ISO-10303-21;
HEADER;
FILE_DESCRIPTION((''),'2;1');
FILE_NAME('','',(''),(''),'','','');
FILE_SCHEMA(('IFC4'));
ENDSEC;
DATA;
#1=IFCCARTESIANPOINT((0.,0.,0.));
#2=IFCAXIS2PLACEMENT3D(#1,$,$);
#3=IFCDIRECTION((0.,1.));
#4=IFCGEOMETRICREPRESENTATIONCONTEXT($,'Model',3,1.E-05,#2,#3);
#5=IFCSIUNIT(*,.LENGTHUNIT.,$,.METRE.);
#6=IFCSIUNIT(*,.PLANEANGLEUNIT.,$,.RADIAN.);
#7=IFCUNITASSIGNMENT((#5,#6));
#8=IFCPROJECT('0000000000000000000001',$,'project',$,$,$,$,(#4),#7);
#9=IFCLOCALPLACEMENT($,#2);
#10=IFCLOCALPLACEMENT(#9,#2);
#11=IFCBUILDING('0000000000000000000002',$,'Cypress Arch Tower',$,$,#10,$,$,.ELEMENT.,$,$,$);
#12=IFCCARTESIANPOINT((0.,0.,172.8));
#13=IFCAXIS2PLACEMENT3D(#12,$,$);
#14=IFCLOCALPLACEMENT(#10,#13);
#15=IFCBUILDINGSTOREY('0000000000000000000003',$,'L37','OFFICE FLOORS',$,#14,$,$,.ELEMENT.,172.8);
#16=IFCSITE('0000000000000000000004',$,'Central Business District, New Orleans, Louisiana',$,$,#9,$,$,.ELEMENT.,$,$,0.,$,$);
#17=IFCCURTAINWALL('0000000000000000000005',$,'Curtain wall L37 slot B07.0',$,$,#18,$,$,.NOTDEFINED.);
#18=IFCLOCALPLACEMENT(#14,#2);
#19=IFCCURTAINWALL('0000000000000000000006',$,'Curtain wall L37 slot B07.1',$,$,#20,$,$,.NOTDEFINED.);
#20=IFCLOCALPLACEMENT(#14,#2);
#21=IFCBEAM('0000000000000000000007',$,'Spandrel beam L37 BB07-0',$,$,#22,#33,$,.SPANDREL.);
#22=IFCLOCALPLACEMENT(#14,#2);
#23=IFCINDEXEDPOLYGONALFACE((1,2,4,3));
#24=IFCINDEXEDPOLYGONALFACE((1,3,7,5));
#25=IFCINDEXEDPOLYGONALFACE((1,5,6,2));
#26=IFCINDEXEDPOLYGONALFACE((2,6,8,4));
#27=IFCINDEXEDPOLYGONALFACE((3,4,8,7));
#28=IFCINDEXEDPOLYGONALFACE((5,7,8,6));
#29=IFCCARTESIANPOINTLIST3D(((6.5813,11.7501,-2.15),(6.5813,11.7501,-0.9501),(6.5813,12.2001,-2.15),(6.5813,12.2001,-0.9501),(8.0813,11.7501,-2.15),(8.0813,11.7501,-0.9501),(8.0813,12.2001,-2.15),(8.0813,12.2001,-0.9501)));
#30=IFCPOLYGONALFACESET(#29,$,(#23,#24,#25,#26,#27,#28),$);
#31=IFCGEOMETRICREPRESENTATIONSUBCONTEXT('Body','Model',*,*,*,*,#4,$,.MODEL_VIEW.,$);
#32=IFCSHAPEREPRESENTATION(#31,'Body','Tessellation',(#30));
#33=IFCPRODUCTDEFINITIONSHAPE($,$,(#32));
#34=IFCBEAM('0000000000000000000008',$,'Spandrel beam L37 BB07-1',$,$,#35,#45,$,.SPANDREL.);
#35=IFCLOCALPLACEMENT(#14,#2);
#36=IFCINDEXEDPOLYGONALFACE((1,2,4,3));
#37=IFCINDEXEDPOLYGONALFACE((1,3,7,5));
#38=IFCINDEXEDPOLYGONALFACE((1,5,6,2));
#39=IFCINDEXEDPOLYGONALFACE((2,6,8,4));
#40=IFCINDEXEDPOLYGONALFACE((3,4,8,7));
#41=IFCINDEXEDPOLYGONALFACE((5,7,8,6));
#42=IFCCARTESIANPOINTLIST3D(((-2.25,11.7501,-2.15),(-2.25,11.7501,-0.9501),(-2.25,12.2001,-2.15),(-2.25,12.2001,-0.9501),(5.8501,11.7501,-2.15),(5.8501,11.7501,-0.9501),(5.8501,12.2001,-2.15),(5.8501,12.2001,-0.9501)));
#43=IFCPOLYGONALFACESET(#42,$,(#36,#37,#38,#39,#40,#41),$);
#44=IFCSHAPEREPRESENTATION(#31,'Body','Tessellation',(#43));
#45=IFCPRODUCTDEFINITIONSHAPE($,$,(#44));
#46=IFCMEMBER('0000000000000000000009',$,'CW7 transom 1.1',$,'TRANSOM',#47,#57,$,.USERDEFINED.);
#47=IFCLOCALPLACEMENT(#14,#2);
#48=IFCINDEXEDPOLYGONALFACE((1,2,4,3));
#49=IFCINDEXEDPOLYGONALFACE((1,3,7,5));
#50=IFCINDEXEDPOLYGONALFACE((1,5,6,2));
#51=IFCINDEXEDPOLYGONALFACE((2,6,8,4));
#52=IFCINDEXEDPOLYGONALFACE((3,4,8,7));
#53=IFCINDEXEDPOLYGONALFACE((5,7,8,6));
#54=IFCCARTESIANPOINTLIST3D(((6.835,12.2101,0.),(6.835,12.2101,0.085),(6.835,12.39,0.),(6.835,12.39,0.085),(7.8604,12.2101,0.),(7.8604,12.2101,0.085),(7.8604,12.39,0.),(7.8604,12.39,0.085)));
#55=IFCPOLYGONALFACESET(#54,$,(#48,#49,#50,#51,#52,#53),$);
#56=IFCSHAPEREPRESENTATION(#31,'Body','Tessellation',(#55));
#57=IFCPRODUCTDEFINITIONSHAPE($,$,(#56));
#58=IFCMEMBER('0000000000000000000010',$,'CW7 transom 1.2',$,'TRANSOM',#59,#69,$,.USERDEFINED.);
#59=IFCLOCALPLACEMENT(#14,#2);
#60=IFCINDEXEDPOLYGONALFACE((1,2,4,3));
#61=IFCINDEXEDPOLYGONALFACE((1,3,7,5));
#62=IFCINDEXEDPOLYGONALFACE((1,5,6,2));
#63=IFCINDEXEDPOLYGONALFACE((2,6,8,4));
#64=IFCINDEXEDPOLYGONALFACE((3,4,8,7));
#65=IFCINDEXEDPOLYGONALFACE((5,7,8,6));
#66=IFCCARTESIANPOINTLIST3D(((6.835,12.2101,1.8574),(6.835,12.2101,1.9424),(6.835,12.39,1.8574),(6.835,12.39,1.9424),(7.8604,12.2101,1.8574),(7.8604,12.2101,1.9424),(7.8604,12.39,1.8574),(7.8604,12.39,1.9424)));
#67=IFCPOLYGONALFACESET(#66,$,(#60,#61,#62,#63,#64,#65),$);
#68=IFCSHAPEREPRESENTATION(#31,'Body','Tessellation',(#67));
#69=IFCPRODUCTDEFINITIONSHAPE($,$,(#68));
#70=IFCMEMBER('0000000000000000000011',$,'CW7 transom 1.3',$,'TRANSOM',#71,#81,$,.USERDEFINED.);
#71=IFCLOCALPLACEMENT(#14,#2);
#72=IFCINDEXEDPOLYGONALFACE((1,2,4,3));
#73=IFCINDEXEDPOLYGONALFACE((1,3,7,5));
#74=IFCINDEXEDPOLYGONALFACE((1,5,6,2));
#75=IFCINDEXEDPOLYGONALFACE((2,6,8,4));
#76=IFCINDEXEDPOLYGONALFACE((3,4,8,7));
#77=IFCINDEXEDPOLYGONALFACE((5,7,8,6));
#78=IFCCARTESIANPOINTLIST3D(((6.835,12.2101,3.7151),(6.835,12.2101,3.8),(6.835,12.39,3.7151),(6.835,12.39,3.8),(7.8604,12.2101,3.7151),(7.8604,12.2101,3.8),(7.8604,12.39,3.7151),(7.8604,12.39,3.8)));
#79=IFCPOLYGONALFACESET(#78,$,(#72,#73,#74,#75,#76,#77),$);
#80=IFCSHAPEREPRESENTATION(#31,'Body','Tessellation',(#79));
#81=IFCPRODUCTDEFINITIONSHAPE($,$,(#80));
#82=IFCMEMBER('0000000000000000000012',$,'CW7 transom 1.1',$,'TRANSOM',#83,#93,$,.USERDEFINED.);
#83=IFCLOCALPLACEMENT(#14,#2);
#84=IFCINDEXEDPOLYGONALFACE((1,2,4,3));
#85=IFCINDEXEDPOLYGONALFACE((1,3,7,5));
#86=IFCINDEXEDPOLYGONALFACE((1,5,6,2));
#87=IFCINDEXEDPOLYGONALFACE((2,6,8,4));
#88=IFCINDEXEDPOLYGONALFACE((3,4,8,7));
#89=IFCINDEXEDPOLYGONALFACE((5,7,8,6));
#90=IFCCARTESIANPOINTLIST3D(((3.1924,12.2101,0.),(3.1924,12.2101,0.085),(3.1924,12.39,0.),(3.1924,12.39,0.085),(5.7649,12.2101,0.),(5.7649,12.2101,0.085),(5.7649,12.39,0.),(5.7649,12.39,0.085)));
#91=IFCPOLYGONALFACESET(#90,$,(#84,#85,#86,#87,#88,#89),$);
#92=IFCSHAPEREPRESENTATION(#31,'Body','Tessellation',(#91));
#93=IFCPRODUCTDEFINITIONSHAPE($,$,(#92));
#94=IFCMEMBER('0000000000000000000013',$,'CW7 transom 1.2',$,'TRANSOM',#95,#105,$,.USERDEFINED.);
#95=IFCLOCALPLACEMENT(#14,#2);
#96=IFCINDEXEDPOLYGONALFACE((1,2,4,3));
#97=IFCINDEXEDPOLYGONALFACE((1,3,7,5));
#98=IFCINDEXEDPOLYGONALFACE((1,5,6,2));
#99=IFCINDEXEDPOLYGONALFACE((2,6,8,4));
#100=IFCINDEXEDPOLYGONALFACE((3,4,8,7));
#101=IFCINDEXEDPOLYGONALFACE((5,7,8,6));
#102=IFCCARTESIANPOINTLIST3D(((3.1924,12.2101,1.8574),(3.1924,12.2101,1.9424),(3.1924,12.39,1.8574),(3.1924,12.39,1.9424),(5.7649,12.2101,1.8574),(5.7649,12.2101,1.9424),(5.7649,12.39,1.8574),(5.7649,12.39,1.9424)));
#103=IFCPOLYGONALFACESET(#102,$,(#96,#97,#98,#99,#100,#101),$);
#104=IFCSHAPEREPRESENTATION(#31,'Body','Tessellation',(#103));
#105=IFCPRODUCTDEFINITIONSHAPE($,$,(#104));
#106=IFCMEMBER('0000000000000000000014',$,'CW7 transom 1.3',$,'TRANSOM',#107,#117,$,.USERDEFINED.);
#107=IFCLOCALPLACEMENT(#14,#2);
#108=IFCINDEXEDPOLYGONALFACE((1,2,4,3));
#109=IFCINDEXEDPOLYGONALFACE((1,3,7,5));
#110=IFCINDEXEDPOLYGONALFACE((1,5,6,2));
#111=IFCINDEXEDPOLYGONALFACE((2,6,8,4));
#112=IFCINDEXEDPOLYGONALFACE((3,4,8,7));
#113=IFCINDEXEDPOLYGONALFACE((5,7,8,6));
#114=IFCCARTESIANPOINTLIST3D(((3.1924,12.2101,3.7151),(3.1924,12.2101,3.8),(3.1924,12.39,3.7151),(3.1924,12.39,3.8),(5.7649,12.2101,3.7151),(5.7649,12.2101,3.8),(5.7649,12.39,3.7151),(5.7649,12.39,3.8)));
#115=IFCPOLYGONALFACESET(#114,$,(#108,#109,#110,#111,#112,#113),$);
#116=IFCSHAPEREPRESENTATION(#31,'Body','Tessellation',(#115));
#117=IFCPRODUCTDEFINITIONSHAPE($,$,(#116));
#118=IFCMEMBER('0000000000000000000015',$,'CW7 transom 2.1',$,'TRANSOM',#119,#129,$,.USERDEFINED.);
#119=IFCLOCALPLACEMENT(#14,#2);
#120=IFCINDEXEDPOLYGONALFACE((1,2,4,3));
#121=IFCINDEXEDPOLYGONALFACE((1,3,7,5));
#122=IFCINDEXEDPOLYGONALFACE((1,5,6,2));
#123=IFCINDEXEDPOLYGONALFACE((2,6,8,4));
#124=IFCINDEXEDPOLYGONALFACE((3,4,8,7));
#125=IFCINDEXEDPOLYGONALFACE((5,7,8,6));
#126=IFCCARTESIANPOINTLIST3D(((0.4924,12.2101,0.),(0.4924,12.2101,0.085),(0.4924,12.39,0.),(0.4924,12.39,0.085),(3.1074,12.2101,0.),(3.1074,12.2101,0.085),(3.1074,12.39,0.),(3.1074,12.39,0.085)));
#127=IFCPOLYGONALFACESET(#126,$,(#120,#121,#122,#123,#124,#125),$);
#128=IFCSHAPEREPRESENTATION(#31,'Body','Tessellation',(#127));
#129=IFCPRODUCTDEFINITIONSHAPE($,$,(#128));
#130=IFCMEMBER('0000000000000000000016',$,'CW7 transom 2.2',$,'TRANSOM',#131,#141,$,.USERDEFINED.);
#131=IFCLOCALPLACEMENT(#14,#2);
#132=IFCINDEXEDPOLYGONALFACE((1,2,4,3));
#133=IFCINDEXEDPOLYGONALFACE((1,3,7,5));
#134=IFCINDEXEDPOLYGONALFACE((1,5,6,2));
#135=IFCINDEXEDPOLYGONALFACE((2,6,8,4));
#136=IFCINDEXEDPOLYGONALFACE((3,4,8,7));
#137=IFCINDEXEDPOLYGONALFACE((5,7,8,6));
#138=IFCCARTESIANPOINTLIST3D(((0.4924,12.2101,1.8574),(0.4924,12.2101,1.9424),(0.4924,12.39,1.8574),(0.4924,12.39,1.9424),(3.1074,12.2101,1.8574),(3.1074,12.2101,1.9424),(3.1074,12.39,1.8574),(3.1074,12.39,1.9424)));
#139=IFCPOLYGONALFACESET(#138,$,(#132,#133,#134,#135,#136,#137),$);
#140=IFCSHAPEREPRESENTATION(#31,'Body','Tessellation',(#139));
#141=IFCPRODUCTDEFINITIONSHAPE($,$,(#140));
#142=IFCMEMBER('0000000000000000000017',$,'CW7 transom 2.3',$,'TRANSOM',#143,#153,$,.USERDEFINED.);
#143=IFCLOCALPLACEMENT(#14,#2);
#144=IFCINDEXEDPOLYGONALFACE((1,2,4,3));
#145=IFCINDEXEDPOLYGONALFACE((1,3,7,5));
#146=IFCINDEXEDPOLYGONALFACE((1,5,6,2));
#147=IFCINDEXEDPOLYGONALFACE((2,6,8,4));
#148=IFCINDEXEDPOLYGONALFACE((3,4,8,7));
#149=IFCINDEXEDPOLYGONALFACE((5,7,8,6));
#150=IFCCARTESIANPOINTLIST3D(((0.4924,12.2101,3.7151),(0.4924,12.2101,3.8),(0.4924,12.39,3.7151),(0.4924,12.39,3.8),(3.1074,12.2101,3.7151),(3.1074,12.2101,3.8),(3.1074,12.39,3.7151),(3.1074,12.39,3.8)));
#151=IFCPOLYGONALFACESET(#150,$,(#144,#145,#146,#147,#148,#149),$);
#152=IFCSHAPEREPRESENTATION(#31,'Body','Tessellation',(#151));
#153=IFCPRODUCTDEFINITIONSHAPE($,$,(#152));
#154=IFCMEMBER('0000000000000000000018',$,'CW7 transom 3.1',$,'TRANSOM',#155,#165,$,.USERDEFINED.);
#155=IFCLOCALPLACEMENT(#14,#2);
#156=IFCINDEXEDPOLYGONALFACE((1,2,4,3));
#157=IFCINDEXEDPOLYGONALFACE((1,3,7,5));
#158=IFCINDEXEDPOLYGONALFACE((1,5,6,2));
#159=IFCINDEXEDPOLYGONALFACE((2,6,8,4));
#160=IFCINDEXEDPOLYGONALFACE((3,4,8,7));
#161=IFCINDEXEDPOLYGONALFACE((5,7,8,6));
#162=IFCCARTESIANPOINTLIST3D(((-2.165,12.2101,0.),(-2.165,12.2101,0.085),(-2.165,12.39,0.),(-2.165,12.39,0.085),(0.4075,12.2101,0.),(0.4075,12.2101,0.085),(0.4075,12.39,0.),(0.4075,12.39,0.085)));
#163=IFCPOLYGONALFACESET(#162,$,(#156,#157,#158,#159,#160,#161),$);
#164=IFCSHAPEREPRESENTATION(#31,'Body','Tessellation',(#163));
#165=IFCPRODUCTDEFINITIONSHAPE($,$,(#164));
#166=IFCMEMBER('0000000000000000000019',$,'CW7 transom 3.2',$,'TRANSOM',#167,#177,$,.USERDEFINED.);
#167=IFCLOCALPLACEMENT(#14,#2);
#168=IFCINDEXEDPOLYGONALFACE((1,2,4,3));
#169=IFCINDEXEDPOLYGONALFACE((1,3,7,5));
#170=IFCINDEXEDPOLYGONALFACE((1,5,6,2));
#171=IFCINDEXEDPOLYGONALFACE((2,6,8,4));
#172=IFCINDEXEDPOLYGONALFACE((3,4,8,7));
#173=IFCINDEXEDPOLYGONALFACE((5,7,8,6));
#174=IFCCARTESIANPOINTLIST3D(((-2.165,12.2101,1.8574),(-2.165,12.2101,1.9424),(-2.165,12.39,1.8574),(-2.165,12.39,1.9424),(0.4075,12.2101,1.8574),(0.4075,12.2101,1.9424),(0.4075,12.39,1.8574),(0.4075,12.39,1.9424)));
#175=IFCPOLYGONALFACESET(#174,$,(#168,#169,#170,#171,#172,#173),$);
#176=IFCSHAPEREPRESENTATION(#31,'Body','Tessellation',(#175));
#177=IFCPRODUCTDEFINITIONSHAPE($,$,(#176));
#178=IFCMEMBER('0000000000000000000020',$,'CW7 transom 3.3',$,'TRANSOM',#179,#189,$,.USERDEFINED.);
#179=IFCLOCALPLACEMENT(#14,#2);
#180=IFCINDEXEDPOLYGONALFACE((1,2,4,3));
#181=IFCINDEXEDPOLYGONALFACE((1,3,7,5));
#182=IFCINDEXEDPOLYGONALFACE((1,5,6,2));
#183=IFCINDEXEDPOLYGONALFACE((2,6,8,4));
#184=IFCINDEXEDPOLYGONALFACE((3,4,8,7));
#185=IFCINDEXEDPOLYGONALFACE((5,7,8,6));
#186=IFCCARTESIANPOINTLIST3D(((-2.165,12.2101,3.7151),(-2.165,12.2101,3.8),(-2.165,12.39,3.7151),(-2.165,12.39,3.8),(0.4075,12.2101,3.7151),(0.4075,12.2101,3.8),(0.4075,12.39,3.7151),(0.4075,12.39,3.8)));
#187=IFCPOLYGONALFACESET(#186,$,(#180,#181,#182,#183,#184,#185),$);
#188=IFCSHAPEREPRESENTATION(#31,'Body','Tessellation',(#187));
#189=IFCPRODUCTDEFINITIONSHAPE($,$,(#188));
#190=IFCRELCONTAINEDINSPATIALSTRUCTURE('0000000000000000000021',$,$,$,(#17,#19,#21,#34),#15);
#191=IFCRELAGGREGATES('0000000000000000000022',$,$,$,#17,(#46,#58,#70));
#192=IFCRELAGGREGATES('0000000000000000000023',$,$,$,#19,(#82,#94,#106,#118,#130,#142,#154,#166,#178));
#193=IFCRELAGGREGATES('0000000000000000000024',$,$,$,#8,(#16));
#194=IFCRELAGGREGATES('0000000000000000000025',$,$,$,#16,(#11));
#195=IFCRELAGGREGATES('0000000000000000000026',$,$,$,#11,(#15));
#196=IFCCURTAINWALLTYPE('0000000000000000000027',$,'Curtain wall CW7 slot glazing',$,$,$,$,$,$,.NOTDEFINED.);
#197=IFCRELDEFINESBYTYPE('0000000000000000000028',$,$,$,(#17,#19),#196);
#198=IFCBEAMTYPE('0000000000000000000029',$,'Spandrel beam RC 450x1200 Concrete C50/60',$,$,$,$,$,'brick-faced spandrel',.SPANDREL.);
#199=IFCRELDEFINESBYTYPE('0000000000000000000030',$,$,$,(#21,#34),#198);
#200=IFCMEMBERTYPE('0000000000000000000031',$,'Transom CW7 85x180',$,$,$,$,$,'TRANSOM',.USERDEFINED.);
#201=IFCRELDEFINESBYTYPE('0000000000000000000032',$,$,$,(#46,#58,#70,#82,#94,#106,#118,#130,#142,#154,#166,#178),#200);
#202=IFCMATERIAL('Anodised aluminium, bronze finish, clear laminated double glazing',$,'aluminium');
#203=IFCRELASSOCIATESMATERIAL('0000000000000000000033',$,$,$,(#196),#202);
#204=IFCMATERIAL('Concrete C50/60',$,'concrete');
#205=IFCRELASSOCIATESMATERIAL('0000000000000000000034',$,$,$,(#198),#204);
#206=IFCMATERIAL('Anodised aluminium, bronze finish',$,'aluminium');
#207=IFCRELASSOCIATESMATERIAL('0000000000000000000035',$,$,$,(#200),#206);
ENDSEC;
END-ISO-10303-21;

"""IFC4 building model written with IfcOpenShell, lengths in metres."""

from ifc_helpers import new_model, si_unit, direction, frame, origin, origin_2d, place, context, subcontext, project, spatial, rectangle, extrude, material, material_profile, profile_set, type_object, element, aggregate, save


model = new_model("IFC4")

# Units and contexts
model_context = context("Model", 3, precision=1e-05, world=origin(), true_north=direction((0.0, 1.0)))
body_context = subcontext(model_context, "Body", "Model", "MODEL_VIEW")
ifc_project = project(units=[si_unit("LENGTHUNIT", "METRE"), si_unit("PLANEANGLEUNIT", "RADIAN")], contexts=[model_context])

# Site, building, storey
site_placement = place(None, origin())
site = spatial("IfcSite", under=ifc_project, at=site_placement, Name="Central Business District, New Orleans, Louisiana", CompositionType="ELEMENT", RefElevation=0.0)
building_placement = place(site_placement, origin())
building = spatial("IfcBuilding", under=site, at=building_placement, Name="Cypress Arch Tower", CompositionType="ELEMENT")
storey_placement = place(building_placement, frame((0.0, 0.0, 172.8)))
storey = spatial("IfcBuildingStorey", under=building, at=storey_placement, Name="L37", Description="OFFICE FLOORS", CompositionType="ELEMENT", Elevation=172.8)

# Shared definitions
ifc_material_1 = material(Name="Anodised aluminium, bronze finish, clear laminated double glazing", Category="aluminium")
curtain_wall_type = type_object("IfcCurtainWallType", Name="Curtain wall CW7 slot glazing", PredefinedType="NOTDEFINED", material=ifc_material_1)

# Curtain walls
curtain_wall_1_placement = place(storey_placement, origin())
curtain_wall_1 = element("IfcCurtainWall", 1, at=curtain_wall_1_placement, inside=storey, type_object=curtain_wall_type, Name="Curtain wall L37 slot B07.0", PredefinedType="NOTDEFINED")
curtain_wall_2_placement = place(storey_placement, origin())
curtain_wall_2 = element("IfcCurtainWall", 2, at=curtain_wall_2_placement, inside=storey, type_object=curtain_wall_type, Name="Curtain wall L37 slot B07.1", PredefinedType="NOTDEFINED")

# Beams
ifc_material_2 = material(Name="Concrete C50/60", Category="concrete")
ifc_material_profile_1 = material_profile(ifc_material_2, rectangle(XDim=0.45, YDim=1.2, at=origin_2d()), Name="RC 450x1200")
ifc_profile_set_1 = profile_set([ifc_material_profile_1], Name="Concrete C50/60")
beam_type_1 = type_object("IfcBeamType", Name="Spandrel beam RC 450x1200 Concrete C50/60", ElementType="brick-faced spandrel", PredefinedType="SPANDREL", material=ifc_profile_set_1)
beam_1_placement = place(storey_placement, frame((8.0813, 11.9751, -1.55), z_axis=(-1.0, 0.0, 0.0), x_axis=(0.0, -1.0, 0.0)))
element("IfcBeam", 3, at=beam_1_placement, inside=storey, type_object=beam_type_1, Name="Spandrel beam L37 BB07-0", PredefinedType="SPANDREL", context=body_context, shape_type="SweptSolid", body=[
    extrude(rectangle(XDim=0.45, YDim=1.2, at=origin_2d()), origin(), (0.0, 0.0, 1.0), 1.5),
])
beam_2_placement = place(storey_placement, frame((5.8501, 11.9751, -1.55), z_axis=(-1.0, 0.0, 0.0), x_axis=(0.0, -1.0, 0.0)))
element("IfcBeam", 4, at=beam_2_placement, inside=storey, type_object=beam_type_1, Name="Spandrel beam L37 BB07-1", PredefinedType="SPANDREL", context=body_context, shape_type="SweptSolid", body=[
    extrude(rectangle(XDim=0.45, YDim=1.2, at=origin_2d()), origin(), (0.0, 0.0, 1.0), 8.1001),
])

# Members
ifc_material_3 = material(Name="Anodised aluminium, bronze finish", Category="aluminium")
ifc_material_profile_2 = material_profile(ifc_material_3, rectangle(XDim=0.1799, YDim=0.085, at=origin_2d()), Name="Transom 85x180")
ifc_profile_set_2 = profile_set([ifc_material_profile_2], Name="Anodised aluminium, bronze finish")
member_type_1 = type_object("IfcMemberType", Name="Transom CW7 85x180", ElementType="TRANSOM", PredefinedType="USERDEFINED", material=ifc_profile_set_2)
member_1_placement = place(storey_placement, frame((7.8604, 12.3, 0.0425), z_axis=(-1.0, 0.0, 0.0), x_axis=(0.0, -1.0, 0.0)))
member_1 = element("IfcMember", 5, at=member_1_placement, type_object=member_type_1, Name="CW7 transom 1.1", ObjectType="TRANSOM", PredefinedType="USERDEFINED", context=body_context, shape_type="SweptSolid", body=[
    extrude(rectangle(XDim=0.1799, YDim=0.085, at=origin_2d()), origin(), (0.0, 0.0, 1.0), 1.0254),
])
member_2_placement = place(storey_placement, frame((7.8604, 12.3, 1.8999), z_axis=(-1.0, 0.0, 0.0), x_axis=(0.0, -1.0, 0.0)))
member_2 = element("IfcMember", 6, at=member_2_placement, type_object=member_type_1, Name="CW7 transom 1.2", ObjectType="TRANSOM", PredefinedType="USERDEFINED", context=body_context, shape_type="SweptSolid", body=[
    extrude(rectangle(XDim=0.1799, YDim=0.085, at=origin_2d()), origin(), (0.0, 0.0, 1.0), 1.0254),
])
member_3_placement = place(storey_placement, frame((7.8604, 12.3, 3.7576), z_axis=(-1.0, 0.0, 0.0), x_axis=(0.0, -1.0, 0.0)))
member_3 = element("IfcMember", 7, at=member_3_placement, type_object=member_type_1, Name="CW7 transom 1.3", ObjectType="TRANSOM", PredefinedType="USERDEFINED", context=body_context, shape_type="SweptSolid", body=[
    extrude(rectangle(XDim=0.1799, YDim=0.085, at=origin_2d()), origin(), (0.0, 0.0, 1.0), 1.0254),
])
member_4_placement = place(storey_placement, frame((5.7649, 12.3, 0.0425), z_axis=(-1.0, 0.0, 0.0), x_axis=(0.0, -1.0, 0.0)))
member_4 = element("IfcMember", 8, at=member_4_placement, type_object=member_type_1, Name="CW7 transom 1.1", ObjectType="TRANSOM", PredefinedType="USERDEFINED", context=body_context, shape_type="SweptSolid", body=[
    extrude(rectangle(XDim=0.1799, YDim=0.085, at=origin_2d()), origin(), (0.0, 0.0, 1.0), 2.5725),
])
member_5_placement = place(storey_placement, frame((5.7649, 12.3, 1.8999), z_axis=(-1.0, 0.0, 0.0), x_axis=(0.0, -1.0, 0.0)))
member_5 = element("IfcMember", 9, at=member_5_placement, type_object=member_type_1, Name="CW7 transom 1.2", ObjectType="TRANSOM", PredefinedType="USERDEFINED", context=body_context, shape_type="SweptSolid", body=[
    extrude(rectangle(XDim=0.1799, YDim=0.085, at=origin_2d()), origin(), (0.0, 0.0, 1.0), 2.5725),
])
member_6_placement = place(storey_placement, frame((5.7649, 12.3, 3.7576), z_axis=(-1.0, 0.0, 0.0), x_axis=(0.0, -1.0, 0.0)))
member_6 = element("IfcMember", 10, at=member_6_placement, type_object=member_type_1, Name="CW7 transom 1.3", ObjectType="TRANSOM", PredefinedType="USERDEFINED", context=body_context, shape_type="SweptSolid", body=[
    extrude(rectangle(XDim=0.1799, YDim=0.085, at=origin_2d()), origin(), (0.0, 0.0, 1.0), 2.5725),
])
member_7_placement = place(storey_placement, frame((3.1074, 12.3, 0.0425), z_axis=(-1.0, 0.0, 0.0), x_axis=(0.0, -1.0, 0.0)))
member_7 = element("IfcMember", 11, at=member_7_placement, type_object=member_type_1, Name="CW7 transom 2.1", ObjectType="TRANSOM", PredefinedType="USERDEFINED", context=body_context, shape_type="SweptSolid", body=[
    extrude(rectangle(XDim=0.1799, YDim=0.085, at=origin_2d()), origin(), (0.0, 0.0, 1.0), 2.615),
])
member_8_placement = place(storey_placement, frame((3.1074, 12.3, 1.8999), z_axis=(-1.0, 0.0, 0.0), x_axis=(0.0, -1.0, 0.0)))
member_8 = element("IfcMember", 12, at=member_8_placement, type_object=member_type_1, Name="CW7 transom 2.2", ObjectType="TRANSOM", PredefinedType="USERDEFINED", context=body_context, shape_type="SweptSolid", body=[
    extrude(rectangle(XDim=0.1799, YDim=0.085, at=origin_2d()), origin(), (0.0, 0.0, 1.0), 2.615),
])
member_9_placement = place(storey_placement, frame((3.1074, 12.3, 3.7576), z_axis=(-1.0, 0.0, 0.0), x_axis=(0.0, -1.0, 0.0)))
member_9 = element("IfcMember", 13, at=member_9_placement, type_object=member_type_1, Name="CW7 transom 2.3", ObjectType="TRANSOM", PredefinedType="USERDEFINED", context=body_context, shape_type="SweptSolid", body=[
    extrude(rectangle(XDim=0.1799, YDim=0.085, at=origin_2d()), origin(), (0.0, 0.0, 1.0), 2.615),
])
member_10_placement = place(storey_placement, frame((0.4075, 12.3, 0.0425), z_axis=(-1.0, 0.0, 0.0), x_axis=(0.0, -1.0, 0.0)))
member_10 = element("IfcMember", 14, at=member_10_placement, type_object=member_type_1, Name="CW7 transom 3.1", ObjectType="TRANSOM", PredefinedType="USERDEFINED", context=body_context, shape_type="SweptSolid", body=[
    extrude(rectangle(XDim=0.1799, YDim=0.085, at=origin_2d()), origin(), (0.0, 0.0, 1.0), 2.5725),
])
member_11_placement = place(storey_placement, frame((0.4075, 12.3, 1.8999), z_axis=(-1.0, 0.0, 0.0), x_axis=(0.0, -1.0, 0.0)))
member_11 = element("IfcMember", 15, at=member_11_placement, type_object=member_type_1, Name="CW7 transom 3.2", ObjectType="TRANSOM", PredefinedType="USERDEFINED", context=body_context, shape_type="SweptSolid", body=[
    extrude(rectangle(XDim=0.1799, YDim=0.085, at=origin_2d()), origin(), (0.0, 0.0, 1.0), 2.5725),
])
member_12_placement = place(storey_placement, frame((0.4075, 12.3, 3.7576), z_axis=(-1.0, 0.0, 0.0), x_axis=(0.0, -1.0, 0.0)))
member_12 = element("IfcMember", 16, at=member_12_placement, type_object=member_type_1, Name="CW7 transom 3.3", ObjectType="TRANSOM", PredefinedType="USERDEFINED", context=body_context, shape_type="SweptSolid", body=[
    extrude(rectangle(XDim=0.1799, YDim=0.085, at=origin_2d()), origin(), (0.0, 0.0, 1.0), 2.5725),
])

aggregate(curtain_wall_1, [member_1, member_2, member_3])
aggregate(curtain_wall_2, [member_4, member_5, member_6, member_7, member_8, member_9, member_10, member_11, member_12])

save(model, "model.ifc")
